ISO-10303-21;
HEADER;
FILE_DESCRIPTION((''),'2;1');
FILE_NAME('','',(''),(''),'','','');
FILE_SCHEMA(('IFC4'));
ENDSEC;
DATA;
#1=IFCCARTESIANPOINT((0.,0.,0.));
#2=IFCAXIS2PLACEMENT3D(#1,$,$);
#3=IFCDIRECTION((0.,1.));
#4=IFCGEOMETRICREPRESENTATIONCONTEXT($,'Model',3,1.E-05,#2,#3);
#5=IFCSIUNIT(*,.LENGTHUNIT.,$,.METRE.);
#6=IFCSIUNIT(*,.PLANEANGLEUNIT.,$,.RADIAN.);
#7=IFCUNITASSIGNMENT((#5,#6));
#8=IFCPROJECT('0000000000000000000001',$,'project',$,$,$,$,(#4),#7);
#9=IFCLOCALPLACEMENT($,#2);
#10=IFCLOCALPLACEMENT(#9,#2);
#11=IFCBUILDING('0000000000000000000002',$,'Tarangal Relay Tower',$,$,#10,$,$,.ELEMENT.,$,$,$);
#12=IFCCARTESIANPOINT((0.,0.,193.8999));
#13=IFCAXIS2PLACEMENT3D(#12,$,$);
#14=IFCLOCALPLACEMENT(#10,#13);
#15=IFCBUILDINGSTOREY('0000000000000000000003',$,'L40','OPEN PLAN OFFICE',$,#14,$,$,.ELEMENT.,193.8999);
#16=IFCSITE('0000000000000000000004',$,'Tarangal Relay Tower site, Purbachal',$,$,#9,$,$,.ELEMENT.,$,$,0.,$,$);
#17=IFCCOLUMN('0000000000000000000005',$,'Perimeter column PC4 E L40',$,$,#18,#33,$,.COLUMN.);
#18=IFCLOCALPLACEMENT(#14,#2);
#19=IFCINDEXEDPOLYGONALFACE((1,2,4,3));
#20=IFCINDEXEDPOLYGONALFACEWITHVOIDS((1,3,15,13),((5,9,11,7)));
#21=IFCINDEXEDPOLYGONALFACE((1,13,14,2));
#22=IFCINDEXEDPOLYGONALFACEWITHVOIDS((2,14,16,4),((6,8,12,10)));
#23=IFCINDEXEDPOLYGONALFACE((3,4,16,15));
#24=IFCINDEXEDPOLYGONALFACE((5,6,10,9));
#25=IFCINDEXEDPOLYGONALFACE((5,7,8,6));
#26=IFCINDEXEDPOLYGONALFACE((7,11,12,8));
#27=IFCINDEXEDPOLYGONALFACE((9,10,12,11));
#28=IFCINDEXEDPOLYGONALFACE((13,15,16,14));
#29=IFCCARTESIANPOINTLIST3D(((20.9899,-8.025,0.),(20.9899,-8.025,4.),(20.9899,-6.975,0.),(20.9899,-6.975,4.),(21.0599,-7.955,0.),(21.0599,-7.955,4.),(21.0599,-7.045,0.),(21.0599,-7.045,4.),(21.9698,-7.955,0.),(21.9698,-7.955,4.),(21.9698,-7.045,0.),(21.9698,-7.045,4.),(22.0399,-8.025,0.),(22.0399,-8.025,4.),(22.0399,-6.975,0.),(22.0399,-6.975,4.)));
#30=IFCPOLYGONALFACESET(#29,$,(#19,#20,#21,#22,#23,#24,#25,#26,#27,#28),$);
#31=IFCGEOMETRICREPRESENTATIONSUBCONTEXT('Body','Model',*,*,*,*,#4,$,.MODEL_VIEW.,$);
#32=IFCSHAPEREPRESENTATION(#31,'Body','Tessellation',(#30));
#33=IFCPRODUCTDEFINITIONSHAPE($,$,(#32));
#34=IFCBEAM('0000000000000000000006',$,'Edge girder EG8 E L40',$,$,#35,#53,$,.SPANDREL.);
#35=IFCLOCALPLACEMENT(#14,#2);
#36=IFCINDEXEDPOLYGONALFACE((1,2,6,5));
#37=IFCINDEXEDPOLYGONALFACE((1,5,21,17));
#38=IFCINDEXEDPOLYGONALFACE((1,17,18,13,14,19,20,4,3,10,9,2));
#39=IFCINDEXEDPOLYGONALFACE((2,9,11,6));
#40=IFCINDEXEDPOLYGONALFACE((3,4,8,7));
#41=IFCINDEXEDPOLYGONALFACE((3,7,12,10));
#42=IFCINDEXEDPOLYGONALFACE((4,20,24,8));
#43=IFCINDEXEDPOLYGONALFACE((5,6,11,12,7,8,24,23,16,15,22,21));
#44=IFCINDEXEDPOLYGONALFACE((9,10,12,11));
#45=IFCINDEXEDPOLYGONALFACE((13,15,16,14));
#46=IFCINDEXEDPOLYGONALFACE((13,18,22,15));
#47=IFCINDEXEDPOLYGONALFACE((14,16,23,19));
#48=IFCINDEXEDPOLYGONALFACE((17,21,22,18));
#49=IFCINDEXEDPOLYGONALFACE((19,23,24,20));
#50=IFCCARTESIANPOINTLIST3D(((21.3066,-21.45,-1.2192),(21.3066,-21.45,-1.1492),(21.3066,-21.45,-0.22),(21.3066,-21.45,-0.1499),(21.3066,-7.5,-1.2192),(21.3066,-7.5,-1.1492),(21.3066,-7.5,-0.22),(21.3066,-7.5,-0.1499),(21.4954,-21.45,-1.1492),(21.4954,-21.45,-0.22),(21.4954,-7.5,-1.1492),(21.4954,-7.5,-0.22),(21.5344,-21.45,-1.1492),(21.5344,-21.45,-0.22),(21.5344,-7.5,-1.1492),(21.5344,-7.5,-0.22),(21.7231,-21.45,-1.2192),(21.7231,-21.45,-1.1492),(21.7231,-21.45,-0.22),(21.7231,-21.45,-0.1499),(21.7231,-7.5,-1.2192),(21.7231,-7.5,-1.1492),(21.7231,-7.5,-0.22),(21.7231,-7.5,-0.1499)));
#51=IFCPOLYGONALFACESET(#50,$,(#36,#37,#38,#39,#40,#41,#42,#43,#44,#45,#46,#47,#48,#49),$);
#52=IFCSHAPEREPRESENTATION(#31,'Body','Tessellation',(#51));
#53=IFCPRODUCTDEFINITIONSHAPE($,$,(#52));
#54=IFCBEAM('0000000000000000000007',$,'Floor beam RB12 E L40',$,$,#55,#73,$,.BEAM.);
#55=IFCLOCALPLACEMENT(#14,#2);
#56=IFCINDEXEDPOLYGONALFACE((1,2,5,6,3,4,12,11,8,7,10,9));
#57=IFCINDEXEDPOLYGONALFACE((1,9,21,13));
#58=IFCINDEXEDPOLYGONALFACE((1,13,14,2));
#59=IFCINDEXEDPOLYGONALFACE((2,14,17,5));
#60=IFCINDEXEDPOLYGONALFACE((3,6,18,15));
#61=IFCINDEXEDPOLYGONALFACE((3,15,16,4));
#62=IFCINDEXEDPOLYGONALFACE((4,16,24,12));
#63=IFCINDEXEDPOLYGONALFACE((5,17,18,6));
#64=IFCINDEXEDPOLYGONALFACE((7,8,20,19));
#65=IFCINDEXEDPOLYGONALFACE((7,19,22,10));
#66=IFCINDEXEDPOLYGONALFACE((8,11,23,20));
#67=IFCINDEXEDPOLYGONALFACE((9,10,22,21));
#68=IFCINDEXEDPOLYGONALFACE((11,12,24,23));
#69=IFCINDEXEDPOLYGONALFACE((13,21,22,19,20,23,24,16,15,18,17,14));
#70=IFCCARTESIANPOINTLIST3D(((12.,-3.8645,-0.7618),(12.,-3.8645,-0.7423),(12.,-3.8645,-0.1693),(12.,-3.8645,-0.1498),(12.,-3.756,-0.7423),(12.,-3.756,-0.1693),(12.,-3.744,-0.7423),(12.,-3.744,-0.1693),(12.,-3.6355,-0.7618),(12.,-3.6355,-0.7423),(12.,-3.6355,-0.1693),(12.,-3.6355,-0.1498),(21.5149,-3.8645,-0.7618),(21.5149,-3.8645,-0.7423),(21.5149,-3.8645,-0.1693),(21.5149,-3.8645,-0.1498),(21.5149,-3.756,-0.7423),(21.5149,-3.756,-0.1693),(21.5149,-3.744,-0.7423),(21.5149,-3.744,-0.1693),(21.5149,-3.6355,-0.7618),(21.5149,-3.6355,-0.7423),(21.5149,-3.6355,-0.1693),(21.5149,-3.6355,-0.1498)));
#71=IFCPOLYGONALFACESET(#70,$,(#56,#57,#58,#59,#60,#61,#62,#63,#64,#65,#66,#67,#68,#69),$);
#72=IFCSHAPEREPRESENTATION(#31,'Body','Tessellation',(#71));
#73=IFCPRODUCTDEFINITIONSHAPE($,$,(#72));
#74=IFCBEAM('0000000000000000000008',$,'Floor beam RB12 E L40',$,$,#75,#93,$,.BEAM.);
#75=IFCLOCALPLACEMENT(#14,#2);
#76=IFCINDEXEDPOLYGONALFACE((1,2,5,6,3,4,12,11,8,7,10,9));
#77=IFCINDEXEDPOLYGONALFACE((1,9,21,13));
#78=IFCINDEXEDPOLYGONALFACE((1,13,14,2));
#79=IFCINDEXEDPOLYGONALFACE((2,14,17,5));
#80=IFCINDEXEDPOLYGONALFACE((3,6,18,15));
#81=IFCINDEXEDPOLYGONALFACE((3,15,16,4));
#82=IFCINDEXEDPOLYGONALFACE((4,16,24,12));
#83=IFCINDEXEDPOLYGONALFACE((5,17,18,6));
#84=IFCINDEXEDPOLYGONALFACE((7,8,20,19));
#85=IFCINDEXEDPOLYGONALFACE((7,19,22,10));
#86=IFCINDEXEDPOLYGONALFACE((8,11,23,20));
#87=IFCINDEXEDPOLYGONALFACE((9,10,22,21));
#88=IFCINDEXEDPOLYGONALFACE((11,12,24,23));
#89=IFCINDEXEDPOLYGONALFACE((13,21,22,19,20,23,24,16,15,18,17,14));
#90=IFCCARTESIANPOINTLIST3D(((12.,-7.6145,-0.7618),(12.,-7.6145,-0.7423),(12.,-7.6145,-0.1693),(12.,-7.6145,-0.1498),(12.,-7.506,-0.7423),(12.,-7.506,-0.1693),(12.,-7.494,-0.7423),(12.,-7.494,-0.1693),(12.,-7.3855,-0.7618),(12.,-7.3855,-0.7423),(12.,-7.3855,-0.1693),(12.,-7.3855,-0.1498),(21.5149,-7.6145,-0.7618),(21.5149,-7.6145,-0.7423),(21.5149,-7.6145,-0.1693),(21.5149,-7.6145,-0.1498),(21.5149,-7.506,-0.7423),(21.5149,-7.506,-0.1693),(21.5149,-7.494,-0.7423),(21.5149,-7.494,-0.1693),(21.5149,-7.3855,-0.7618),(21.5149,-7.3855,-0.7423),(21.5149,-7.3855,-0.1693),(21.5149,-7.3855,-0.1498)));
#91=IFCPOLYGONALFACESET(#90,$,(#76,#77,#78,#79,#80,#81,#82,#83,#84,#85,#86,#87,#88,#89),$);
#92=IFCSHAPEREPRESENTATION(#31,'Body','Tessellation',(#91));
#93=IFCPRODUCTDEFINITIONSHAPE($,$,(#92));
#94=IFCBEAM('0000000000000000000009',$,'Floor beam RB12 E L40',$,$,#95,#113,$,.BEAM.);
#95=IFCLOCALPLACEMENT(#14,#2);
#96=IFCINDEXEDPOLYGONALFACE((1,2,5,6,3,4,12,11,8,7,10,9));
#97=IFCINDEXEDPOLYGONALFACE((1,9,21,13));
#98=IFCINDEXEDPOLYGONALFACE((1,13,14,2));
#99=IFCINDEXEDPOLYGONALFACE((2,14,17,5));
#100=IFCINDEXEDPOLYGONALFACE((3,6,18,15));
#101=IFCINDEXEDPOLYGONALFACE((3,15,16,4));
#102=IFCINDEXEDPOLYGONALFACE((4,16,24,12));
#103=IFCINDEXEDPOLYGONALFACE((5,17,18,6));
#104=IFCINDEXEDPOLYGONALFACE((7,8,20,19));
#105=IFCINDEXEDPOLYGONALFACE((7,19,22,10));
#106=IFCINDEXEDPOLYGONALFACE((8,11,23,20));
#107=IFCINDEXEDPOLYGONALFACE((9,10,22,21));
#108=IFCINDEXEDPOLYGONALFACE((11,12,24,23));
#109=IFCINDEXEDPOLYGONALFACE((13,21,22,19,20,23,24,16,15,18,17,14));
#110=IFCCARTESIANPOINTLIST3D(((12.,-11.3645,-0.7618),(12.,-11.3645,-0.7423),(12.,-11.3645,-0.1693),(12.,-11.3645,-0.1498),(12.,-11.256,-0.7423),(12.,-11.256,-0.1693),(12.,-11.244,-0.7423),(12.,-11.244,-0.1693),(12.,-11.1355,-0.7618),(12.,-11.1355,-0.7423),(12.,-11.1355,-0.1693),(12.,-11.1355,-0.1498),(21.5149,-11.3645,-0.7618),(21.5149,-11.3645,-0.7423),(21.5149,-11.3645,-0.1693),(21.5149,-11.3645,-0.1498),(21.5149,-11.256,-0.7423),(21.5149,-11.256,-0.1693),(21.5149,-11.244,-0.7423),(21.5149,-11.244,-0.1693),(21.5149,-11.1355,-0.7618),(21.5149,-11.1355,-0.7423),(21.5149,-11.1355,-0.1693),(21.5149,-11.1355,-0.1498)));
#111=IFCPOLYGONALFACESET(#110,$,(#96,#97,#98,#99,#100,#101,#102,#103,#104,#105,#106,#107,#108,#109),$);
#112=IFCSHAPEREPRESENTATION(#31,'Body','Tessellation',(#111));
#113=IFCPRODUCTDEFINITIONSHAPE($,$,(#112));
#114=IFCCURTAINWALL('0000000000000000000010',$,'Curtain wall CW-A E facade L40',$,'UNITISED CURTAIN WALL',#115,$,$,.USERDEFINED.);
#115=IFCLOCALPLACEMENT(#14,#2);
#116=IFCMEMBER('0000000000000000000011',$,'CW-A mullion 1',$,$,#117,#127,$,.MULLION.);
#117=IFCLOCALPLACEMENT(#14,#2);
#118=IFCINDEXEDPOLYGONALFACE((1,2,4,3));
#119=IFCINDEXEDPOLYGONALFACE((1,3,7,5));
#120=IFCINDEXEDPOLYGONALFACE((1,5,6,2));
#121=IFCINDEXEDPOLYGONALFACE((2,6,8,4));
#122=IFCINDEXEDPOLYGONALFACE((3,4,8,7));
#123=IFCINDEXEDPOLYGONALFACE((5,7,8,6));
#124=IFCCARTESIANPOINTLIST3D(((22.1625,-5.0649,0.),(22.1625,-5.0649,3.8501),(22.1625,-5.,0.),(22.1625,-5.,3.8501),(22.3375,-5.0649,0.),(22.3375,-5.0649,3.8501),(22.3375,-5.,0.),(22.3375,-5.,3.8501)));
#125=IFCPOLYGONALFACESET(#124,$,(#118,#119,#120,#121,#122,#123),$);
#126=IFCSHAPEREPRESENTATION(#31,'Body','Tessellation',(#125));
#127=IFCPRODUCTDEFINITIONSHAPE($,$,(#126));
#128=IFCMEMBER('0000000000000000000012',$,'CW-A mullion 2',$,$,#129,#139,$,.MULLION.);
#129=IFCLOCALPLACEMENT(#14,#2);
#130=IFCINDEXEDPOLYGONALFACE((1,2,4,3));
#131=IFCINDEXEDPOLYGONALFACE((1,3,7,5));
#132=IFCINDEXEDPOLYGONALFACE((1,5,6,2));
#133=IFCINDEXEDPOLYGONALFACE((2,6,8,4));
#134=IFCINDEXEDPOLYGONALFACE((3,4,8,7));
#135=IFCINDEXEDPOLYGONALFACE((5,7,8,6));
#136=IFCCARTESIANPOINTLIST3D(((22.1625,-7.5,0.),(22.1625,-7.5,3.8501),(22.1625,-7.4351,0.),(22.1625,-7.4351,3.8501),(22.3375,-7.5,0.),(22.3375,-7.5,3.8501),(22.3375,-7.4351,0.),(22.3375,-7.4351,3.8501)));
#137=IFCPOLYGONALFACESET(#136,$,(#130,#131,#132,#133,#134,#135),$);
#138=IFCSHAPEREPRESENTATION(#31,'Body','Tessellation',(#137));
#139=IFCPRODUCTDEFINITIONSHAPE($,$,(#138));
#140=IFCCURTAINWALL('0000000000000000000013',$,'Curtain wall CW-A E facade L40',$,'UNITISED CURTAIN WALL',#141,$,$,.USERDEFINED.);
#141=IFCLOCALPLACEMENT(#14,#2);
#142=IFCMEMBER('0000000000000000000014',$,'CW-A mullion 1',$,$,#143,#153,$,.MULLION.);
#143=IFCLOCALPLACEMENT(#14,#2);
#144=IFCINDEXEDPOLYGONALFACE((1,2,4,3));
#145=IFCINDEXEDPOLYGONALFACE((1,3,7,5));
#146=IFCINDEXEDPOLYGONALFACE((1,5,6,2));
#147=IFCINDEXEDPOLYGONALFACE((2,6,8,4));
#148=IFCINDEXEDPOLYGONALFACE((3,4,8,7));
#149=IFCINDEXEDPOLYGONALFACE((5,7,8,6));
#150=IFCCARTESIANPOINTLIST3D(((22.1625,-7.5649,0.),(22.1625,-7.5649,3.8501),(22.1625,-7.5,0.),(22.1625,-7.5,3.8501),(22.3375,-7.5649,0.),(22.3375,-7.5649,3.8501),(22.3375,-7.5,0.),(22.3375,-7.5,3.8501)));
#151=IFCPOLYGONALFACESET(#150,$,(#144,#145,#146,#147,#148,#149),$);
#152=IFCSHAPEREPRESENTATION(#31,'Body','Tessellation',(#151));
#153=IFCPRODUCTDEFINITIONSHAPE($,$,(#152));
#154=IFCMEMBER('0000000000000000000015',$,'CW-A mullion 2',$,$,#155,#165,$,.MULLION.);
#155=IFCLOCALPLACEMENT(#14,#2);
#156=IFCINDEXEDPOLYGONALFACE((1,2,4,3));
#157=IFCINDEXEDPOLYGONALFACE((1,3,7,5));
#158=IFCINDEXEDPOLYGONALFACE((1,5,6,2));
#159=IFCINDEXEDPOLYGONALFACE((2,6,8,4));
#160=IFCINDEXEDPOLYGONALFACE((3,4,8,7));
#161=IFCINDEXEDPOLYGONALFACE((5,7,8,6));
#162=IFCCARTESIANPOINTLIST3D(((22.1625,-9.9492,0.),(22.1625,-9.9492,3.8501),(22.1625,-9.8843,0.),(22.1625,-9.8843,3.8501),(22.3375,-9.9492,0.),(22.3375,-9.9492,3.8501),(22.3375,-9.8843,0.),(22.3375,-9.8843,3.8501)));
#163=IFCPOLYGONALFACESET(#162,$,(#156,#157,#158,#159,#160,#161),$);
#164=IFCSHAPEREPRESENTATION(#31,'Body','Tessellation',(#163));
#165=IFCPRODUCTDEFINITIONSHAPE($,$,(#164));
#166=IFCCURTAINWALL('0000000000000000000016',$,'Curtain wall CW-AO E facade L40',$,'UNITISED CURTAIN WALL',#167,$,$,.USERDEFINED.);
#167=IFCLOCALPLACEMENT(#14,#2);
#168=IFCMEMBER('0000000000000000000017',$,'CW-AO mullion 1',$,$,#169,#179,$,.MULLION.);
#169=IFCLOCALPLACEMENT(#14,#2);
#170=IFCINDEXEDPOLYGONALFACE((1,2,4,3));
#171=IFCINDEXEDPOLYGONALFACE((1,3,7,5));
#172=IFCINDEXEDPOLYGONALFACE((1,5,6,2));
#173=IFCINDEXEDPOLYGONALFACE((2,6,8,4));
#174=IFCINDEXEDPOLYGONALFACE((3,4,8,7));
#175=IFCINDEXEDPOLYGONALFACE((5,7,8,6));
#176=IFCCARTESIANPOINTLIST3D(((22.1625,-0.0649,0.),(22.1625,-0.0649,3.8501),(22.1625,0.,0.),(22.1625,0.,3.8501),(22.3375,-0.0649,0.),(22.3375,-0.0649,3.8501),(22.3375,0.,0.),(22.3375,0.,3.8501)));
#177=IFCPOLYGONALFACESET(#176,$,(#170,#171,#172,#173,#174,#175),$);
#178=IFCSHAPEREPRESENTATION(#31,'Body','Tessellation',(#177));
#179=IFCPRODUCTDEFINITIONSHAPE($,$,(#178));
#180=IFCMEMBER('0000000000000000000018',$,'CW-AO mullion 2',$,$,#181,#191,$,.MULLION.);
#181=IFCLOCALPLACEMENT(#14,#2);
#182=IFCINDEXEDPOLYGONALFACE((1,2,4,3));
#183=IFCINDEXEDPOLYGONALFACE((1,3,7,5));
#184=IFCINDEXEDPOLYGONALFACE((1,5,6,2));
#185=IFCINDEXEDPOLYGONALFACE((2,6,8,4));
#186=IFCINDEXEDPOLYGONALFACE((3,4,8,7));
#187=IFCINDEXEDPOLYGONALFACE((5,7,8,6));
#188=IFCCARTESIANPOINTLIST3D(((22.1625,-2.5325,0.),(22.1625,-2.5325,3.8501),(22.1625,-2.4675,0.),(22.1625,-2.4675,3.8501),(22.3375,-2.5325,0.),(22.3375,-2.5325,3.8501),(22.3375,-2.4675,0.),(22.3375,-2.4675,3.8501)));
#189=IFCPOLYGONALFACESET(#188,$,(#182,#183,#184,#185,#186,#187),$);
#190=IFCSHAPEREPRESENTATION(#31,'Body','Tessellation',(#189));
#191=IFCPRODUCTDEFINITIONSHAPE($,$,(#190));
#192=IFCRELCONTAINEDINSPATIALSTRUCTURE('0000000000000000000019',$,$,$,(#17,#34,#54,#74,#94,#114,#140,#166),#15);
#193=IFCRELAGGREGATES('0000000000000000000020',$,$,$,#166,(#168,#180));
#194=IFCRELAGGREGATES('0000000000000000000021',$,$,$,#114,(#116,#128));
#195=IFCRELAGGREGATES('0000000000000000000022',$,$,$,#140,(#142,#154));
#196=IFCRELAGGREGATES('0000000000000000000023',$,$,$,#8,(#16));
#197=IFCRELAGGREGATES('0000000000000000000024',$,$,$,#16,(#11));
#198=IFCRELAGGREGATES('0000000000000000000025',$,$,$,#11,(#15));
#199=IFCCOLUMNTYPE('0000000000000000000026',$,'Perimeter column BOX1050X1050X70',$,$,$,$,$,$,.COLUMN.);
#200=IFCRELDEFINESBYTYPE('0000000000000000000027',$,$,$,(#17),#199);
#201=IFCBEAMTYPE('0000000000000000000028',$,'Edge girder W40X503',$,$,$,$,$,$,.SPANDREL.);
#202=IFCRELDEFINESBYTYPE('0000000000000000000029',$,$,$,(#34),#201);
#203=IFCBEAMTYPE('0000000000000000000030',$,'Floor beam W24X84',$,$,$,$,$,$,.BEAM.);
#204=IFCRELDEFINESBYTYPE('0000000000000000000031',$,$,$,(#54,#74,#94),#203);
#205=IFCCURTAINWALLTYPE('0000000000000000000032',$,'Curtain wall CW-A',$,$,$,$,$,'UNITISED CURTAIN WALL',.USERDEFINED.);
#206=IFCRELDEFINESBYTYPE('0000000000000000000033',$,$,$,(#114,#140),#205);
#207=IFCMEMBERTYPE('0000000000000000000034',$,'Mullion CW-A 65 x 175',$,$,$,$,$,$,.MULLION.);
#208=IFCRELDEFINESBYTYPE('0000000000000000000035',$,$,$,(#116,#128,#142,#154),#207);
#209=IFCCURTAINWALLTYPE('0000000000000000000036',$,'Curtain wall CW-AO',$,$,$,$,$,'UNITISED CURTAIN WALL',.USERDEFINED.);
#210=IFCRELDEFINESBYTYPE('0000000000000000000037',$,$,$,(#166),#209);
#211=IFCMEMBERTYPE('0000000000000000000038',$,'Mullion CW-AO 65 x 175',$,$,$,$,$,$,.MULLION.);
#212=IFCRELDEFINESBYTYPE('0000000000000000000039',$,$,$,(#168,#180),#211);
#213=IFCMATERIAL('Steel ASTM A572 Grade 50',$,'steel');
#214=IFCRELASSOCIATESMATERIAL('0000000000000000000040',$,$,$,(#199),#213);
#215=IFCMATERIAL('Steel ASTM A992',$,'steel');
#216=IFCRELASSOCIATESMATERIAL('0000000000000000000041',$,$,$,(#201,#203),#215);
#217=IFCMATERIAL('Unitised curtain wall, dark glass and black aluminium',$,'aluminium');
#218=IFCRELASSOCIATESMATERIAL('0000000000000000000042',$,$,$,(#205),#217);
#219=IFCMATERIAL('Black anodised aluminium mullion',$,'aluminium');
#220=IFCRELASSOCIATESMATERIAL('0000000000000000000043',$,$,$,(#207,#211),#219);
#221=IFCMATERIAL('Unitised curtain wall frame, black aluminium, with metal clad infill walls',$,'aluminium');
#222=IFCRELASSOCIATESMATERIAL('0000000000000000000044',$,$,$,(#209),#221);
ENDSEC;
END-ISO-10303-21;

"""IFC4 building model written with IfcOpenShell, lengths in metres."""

from ifc_helpers import new_model, si_unit, direction, frame, origin, origin_2d, place, context, subcontext, project, spatial, rectangle, hollow_rectangle, i_section, extrude, material, material_profile, profile_set, type_object, element, aggregate, save


model = new_model("IFC4")

# Units and contexts
model_context = context("Model", 3, precision=1e-05, world=origin(), true_north=direction((0.0, 1.0)))
body_context = subcontext(model_context, "Body", "Model", "MODEL_VIEW")
ifc_project = project(units=[si_unit("LENGTHUNIT", "METRE"), si_unit("PLANEANGLEUNIT", "RADIAN")], contexts=[model_context])

# Site, building, storey
site_placement = place(None, origin())
site = spatial("IfcSite", under=ifc_project, at=site_placement, Name="Tarangal Relay Tower site, Purbachal", CompositionType="ELEMENT", RefElevation=0.0)
building_placement = place(site_placement, origin())
building = spatial("IfcBuilding", under=site, at=building_placement, Name="Tarangal Relay Tower", CompositionType="ELEMENT")
storey_placement = place(building_placement, frame((0.0, 0.0, 193.8999)))
storey = spatial("IfcBuildingStorey", under=building, at=storey_placement, Name="L40", Description="OPEN PLAN OFFICE", CompositionType="ELEMENT", Elevation=193.8999)

# Column
ifc_material_1 = material(Name="Steel ASTM A572 Grade 50", Category="steel")
ifc_material_profile_1 = material_profile(ifc_material_1, hollow_rectangle(XDim=1.05, YDim=1.05, WallThickness=0.0701, at=origin_2d()), Name="BOX1050X1050X70")
ifc_profile_set_1 = profile_set([ifc_material_profile_1], Name="Steel ASTM A572 Grade 50")
column_type = type_object("IfcColumnType", Name="Perimeter column BOX1050X1050X70", PredefinedType="COLUMN", material=ifc_profile_set_1)
column_placement = place(storey_placement, frame((21.5149, -7.5, 0.0), z_axis=(0.0, 0.0, 1.0), x_axis=(1.0, 0.0, 0.0)))
element("IfcColumn", 1, at=column_placement, inside=storey, type_object=column_type, Name="Perimeter column PC4 E L40", PredefinedType="COLUMN", context=body_context, shape_type="SweptSolid", body=[
    extrude(hollow_rectangle(XDim=1.05, YDim=1.05, WallThickness=0.0701, at=origin_2d()), origin(), (0.0, 0.0, 1.0), 4.0),
])

# Beams
ifc_material_2 = material(Name="Steel ASTM A992", Category="steel")
ifc_material_profile_2 = material_profile(ifc_material_2, i_section(OverallWidth=0.4165, OverallDepth=1.0693, WebThickness=0.0391, FlangeThickness=0.0701, at=origin_2d()), Name="W40X503")
ifc_profile_set_2 = profile_set([ifc_material_profile_2], Name="Steel ASTM A992")
beam_type_1 = type_object("IfcBeamType", Name="Edge girder W40X503", PredefinedType="SPANDREL", material=ifc_profile_set_2)
beam_placement = place(storey_placement, frame((21.5149, -7.5, -0.6846), z_axis=(0.0, -1.0, 0.0), x_axis=(1.0, 0.0, 0.0)))
element("IfcBeam", 2, at=beam_placement, inside=storey, type_object=beam_type_1, Name="Edge girder EG8 E L40", PredefinedType="SPANDREL", context=body_context, shape_type="SweptSolid", body=[
    extrude(i_section(OverallWidth=0.4165, OverallDepth=1.0693, WebThickness=0.0391, FlangeThickness=0.0701, at=origin_2d()), origin(), (0.0, 0.0, 1.0), 13.95),
])
ifc_material_profile_3 = material_profile(ifc_material_2, i_section(OverallWidth=0.229, OverallDepth=0.6121, WebThickness=0.012, FlangeThickness=0.0195, at=origin_2d()), Name="W24X84")
ifc_profile_set_3 = profile_set([ifc_material_profile_3], Name="Steel ASTM A992")
beam_type_2 = type_object("IfcBeamType", Name="Floor beam W24X84", PredefinedType="BEAM", material=ifc_profile_set_3)
for number, where, z_axis, x_axis, name in (
    (3, (12.0, -3.75, -0.4558), (1.0, 0.0, 0.0), (0.0, 1.0, 0.0), "Floor beam RB12 E L40"),
    (4, (12.0, -7.5, -0.4558), (1.0, 0.0, 0.0), (0.0, 1.0, 0.0), "Floor beam RB12 E L40"),
    (5, (12.0, -11.25, -0.4558), (1.0, 0.0, 0.0), (0.0, 1.0, 0.0), "Floor beam RB12 E L40"),
):
    element("IfcBeam", number, at=place(storey_placement, frame(where, z_axis=z_axis, x_axis=x_axis)), inside=storey, type_object=beam_type_2, Name=name, PredefinedType="BEAM", context=body_context, shape_type="SweptSolid", body=[
        extrude(i_section(OverallWidth=0.229, OverallDepth=0.6121, WebThickness=0.012, FlangeThickness=0.0195, at=origin_2d()), origin(), (0.0, 0.0, 1.0), 9.5149),
    ])

# Curtain walls, members
ifc_material_3 = material(Name="Unitised curtain wall, dark glass and black aluminium", Category="aluminium")
curtain_wall_type_1 = type_object("IfcCurtainWallType", Name="Curtain wall CW-A", ElementType="UNITISED CURTAIN WALL", PredefinedType="USERDEFINED", material=ifc_material_3)
curtain_wall_1_placement = place(storey_placement, origin())
curtain_wall_1 = element("IfcCurtainWall", 6, at=curtain_wall_1_placement, inside=storey, type_object=curtain_wall_type_1, Name="Curtain wall CW-A E facade L40", ObjectType="UNITISED CURTAIN WALL", PredefinedType="USERDEFINED")
ifc_material_4 = material(Name="Black anodised aluminium mullion", Category="aluminium")
ifc_material_profile_4 = material_profile(ifc_material_4, rectangle(XDim=0.175, YDim=0.0649, at=origin_2d()), Name="CW-AM 65X175")
ifc_profile_set_4 = profile_set([ifc_material_profile_4], Name="Black anodised aluminium mullion")
member_type_1 = type_object("IfcMemberType", Name="Mullion CW-A 65 x 175", PredefinedType="MULLION", material=ifc_profile_set_4)
member_1_placement = place(storey_placement, frame((22.25, -5.0325, 0.0), z_axis=(0.0, 0.0, 1.0), x_axis=(1.0, 0.0, 0.0)))
member_1 = element("IfcMember", 7, at=member_1_placement, type_object=member_type_1, Name="CW-A mullion 1", PredefinedType="MULLION", context=body_context, shape_type="SweptSolid", body=[
    extrude(rectangle(XDim=0.175, YDim=0.0649, at=origin_2d()), origin(), (0.0, 0.0, 1.0), 3.8501),
])
member_2_placement = place(storey_placement, frame((22.25, -7.4675, 0.0), z_axis=(0.0, 0.0, 1.0), x_axis=(1.0, 0.0, 0.0)))
member_2 = element("IfcMember", 8, at=member_2_placement, type_object=member_type_1, Name="CW-A mullion 2", PredefinedType="MULLION", context=body_context, shape_type="SweptSolid", body=[
    extrude(rectangle(XDim=0.175, YDim=0.0649, at=origin_2d()), origin(), (0.0, 0.0, 1.0), 3.8501),
])
curtain_wall_2_placement = place(storey_placement, origin())
curtain_wall_2 = element("IfcCurtainWall", 9, at=curtain_wall_2_placement, inside=storey, type_object=curtain_wall_type_1, Name="Curtain wall CW-A E facade L40", ObjectType="UNITISED CURTAIN WALL", PredefinedType="USERDEFINED")
member_3_placement = place(storey_placement, frame((22.25, -7.5325, 0.0), z_axis=(0.0, 0.0, 1.0), x_axis=(1.0, 0.0, 0.0)))
member_3 = element("IfcMember", 10, at=member_3_placement, type_object=member_type_1, Name="CW-A mullion 1", PredefinedType="MULLION", context=body_context, shape_type="SweptSolid", body=[
    extrude(rectangle(XDim=0.175, YDim=0.0649, at=origin_2d()), origin(), (0.0, 0.0, 1.0), 3.8501),
])
member_4_placement = place(storey_placement, frame((22.25, -9.9167, 0.0), z_axis=(0.0, 0.0, 1.0), x_axis=(1.0, 0.0, 0.0)))
member_4 = element("IfcMember", 11, at=member_4_placement, type_object=member_type_1, Name="CW-A mullion 2", PredefinedType="MULLION", context=body_context, shape_type="SweptSolid", body=[
    extrude(rectangle(XDim=0.175, YDim=0.0649, at=origin_2d()), origin(), (0.0, 0.0, 1.0), 3.8501),
])
ifc_material_5 = material(Name="Unitised curtain wall frame, black aluminium, with metal clad infill walls", Category="aluminium")
curtain_wall_type_2 = type_object("IfcCurtainWallType", Name="Curtain wall CW-AO", ElementType="UNITISED CURTAIN WALL", PredefinedType="USERDEFINED", material=ifc_material_5)
curtain_wall_3_placement = place(storey_placement, origin())
curtain_wall_3 = element("IfcCurtainWall", 12, at=curtain_wall_3_placement, inside=storey, type_object=curtain_wall_type_2, Name="Curtain wall CW-AO E facade L40", ObjectType="UNITISED CURTAIN WALL", PredefinedType="USERDEFINED")
ifc_material_profile_5 = material_profile(ifc_material_4, rectangle(XDim=0.175, YDim=0.0649, at=origin_2d()), Name="CW-AOM 65X175")
ifc_profile_set_5 = profile_set([ifc_material_profile_5], Name="Black anodised aluminium mullion")
member_type_2 = type_object("IfcMemberType", Name="Mullion CW-AO 65 x 175", PredefinedType="MULLION", material=ifc_profile_set_5)
member_5_placement = place(storey_placement, frame((22.25, -0.0325, 0.0), z_axis=(0.0, 0.0, 1.0), x_axis=(1.0, 0.0, 0.0)))
member_5 = element("IfcMember", 13, at=member_5_placement, type_object=member_type_2, Name="CW-AO mullion 1", PredefinedType="MULLION", context=body_context, shape_type="SweptSolid", body=[
    extrude(rectangle(XDim=0.175, YDim=0.0649, at=origin_2d()), origin(), (0.0, 0.0, 1.0), 3.8501),
])
member_6_placement = place(storey_placement, frame((22.25, -2.5, 0.0), z_axis=(0.0, 0.0, 1.0), x_axis=(1.0, 0.0, 0.0)))
member_6 = element("IfcMember", 14, at=member_6_placement, type_object=member_type_2, Name="CW-AO mullion 2", PredefinedType="MULLION", context=body_context, shape_type="SweptSolid", body=[
    extrude(rectangle(XDim=0.175, YDim=0.0649, at=origin_2d()), origin(), (0.0, 0.0, 1.0), 3.8501),
])

aggregate(curtain_wall_3, [member_5, member_6])

aggregate(curtain_wall_1, [member_1, member_2])
aggregate(curtain_wall_2, [member_3, member_4])

save(model, "model.ifc")
